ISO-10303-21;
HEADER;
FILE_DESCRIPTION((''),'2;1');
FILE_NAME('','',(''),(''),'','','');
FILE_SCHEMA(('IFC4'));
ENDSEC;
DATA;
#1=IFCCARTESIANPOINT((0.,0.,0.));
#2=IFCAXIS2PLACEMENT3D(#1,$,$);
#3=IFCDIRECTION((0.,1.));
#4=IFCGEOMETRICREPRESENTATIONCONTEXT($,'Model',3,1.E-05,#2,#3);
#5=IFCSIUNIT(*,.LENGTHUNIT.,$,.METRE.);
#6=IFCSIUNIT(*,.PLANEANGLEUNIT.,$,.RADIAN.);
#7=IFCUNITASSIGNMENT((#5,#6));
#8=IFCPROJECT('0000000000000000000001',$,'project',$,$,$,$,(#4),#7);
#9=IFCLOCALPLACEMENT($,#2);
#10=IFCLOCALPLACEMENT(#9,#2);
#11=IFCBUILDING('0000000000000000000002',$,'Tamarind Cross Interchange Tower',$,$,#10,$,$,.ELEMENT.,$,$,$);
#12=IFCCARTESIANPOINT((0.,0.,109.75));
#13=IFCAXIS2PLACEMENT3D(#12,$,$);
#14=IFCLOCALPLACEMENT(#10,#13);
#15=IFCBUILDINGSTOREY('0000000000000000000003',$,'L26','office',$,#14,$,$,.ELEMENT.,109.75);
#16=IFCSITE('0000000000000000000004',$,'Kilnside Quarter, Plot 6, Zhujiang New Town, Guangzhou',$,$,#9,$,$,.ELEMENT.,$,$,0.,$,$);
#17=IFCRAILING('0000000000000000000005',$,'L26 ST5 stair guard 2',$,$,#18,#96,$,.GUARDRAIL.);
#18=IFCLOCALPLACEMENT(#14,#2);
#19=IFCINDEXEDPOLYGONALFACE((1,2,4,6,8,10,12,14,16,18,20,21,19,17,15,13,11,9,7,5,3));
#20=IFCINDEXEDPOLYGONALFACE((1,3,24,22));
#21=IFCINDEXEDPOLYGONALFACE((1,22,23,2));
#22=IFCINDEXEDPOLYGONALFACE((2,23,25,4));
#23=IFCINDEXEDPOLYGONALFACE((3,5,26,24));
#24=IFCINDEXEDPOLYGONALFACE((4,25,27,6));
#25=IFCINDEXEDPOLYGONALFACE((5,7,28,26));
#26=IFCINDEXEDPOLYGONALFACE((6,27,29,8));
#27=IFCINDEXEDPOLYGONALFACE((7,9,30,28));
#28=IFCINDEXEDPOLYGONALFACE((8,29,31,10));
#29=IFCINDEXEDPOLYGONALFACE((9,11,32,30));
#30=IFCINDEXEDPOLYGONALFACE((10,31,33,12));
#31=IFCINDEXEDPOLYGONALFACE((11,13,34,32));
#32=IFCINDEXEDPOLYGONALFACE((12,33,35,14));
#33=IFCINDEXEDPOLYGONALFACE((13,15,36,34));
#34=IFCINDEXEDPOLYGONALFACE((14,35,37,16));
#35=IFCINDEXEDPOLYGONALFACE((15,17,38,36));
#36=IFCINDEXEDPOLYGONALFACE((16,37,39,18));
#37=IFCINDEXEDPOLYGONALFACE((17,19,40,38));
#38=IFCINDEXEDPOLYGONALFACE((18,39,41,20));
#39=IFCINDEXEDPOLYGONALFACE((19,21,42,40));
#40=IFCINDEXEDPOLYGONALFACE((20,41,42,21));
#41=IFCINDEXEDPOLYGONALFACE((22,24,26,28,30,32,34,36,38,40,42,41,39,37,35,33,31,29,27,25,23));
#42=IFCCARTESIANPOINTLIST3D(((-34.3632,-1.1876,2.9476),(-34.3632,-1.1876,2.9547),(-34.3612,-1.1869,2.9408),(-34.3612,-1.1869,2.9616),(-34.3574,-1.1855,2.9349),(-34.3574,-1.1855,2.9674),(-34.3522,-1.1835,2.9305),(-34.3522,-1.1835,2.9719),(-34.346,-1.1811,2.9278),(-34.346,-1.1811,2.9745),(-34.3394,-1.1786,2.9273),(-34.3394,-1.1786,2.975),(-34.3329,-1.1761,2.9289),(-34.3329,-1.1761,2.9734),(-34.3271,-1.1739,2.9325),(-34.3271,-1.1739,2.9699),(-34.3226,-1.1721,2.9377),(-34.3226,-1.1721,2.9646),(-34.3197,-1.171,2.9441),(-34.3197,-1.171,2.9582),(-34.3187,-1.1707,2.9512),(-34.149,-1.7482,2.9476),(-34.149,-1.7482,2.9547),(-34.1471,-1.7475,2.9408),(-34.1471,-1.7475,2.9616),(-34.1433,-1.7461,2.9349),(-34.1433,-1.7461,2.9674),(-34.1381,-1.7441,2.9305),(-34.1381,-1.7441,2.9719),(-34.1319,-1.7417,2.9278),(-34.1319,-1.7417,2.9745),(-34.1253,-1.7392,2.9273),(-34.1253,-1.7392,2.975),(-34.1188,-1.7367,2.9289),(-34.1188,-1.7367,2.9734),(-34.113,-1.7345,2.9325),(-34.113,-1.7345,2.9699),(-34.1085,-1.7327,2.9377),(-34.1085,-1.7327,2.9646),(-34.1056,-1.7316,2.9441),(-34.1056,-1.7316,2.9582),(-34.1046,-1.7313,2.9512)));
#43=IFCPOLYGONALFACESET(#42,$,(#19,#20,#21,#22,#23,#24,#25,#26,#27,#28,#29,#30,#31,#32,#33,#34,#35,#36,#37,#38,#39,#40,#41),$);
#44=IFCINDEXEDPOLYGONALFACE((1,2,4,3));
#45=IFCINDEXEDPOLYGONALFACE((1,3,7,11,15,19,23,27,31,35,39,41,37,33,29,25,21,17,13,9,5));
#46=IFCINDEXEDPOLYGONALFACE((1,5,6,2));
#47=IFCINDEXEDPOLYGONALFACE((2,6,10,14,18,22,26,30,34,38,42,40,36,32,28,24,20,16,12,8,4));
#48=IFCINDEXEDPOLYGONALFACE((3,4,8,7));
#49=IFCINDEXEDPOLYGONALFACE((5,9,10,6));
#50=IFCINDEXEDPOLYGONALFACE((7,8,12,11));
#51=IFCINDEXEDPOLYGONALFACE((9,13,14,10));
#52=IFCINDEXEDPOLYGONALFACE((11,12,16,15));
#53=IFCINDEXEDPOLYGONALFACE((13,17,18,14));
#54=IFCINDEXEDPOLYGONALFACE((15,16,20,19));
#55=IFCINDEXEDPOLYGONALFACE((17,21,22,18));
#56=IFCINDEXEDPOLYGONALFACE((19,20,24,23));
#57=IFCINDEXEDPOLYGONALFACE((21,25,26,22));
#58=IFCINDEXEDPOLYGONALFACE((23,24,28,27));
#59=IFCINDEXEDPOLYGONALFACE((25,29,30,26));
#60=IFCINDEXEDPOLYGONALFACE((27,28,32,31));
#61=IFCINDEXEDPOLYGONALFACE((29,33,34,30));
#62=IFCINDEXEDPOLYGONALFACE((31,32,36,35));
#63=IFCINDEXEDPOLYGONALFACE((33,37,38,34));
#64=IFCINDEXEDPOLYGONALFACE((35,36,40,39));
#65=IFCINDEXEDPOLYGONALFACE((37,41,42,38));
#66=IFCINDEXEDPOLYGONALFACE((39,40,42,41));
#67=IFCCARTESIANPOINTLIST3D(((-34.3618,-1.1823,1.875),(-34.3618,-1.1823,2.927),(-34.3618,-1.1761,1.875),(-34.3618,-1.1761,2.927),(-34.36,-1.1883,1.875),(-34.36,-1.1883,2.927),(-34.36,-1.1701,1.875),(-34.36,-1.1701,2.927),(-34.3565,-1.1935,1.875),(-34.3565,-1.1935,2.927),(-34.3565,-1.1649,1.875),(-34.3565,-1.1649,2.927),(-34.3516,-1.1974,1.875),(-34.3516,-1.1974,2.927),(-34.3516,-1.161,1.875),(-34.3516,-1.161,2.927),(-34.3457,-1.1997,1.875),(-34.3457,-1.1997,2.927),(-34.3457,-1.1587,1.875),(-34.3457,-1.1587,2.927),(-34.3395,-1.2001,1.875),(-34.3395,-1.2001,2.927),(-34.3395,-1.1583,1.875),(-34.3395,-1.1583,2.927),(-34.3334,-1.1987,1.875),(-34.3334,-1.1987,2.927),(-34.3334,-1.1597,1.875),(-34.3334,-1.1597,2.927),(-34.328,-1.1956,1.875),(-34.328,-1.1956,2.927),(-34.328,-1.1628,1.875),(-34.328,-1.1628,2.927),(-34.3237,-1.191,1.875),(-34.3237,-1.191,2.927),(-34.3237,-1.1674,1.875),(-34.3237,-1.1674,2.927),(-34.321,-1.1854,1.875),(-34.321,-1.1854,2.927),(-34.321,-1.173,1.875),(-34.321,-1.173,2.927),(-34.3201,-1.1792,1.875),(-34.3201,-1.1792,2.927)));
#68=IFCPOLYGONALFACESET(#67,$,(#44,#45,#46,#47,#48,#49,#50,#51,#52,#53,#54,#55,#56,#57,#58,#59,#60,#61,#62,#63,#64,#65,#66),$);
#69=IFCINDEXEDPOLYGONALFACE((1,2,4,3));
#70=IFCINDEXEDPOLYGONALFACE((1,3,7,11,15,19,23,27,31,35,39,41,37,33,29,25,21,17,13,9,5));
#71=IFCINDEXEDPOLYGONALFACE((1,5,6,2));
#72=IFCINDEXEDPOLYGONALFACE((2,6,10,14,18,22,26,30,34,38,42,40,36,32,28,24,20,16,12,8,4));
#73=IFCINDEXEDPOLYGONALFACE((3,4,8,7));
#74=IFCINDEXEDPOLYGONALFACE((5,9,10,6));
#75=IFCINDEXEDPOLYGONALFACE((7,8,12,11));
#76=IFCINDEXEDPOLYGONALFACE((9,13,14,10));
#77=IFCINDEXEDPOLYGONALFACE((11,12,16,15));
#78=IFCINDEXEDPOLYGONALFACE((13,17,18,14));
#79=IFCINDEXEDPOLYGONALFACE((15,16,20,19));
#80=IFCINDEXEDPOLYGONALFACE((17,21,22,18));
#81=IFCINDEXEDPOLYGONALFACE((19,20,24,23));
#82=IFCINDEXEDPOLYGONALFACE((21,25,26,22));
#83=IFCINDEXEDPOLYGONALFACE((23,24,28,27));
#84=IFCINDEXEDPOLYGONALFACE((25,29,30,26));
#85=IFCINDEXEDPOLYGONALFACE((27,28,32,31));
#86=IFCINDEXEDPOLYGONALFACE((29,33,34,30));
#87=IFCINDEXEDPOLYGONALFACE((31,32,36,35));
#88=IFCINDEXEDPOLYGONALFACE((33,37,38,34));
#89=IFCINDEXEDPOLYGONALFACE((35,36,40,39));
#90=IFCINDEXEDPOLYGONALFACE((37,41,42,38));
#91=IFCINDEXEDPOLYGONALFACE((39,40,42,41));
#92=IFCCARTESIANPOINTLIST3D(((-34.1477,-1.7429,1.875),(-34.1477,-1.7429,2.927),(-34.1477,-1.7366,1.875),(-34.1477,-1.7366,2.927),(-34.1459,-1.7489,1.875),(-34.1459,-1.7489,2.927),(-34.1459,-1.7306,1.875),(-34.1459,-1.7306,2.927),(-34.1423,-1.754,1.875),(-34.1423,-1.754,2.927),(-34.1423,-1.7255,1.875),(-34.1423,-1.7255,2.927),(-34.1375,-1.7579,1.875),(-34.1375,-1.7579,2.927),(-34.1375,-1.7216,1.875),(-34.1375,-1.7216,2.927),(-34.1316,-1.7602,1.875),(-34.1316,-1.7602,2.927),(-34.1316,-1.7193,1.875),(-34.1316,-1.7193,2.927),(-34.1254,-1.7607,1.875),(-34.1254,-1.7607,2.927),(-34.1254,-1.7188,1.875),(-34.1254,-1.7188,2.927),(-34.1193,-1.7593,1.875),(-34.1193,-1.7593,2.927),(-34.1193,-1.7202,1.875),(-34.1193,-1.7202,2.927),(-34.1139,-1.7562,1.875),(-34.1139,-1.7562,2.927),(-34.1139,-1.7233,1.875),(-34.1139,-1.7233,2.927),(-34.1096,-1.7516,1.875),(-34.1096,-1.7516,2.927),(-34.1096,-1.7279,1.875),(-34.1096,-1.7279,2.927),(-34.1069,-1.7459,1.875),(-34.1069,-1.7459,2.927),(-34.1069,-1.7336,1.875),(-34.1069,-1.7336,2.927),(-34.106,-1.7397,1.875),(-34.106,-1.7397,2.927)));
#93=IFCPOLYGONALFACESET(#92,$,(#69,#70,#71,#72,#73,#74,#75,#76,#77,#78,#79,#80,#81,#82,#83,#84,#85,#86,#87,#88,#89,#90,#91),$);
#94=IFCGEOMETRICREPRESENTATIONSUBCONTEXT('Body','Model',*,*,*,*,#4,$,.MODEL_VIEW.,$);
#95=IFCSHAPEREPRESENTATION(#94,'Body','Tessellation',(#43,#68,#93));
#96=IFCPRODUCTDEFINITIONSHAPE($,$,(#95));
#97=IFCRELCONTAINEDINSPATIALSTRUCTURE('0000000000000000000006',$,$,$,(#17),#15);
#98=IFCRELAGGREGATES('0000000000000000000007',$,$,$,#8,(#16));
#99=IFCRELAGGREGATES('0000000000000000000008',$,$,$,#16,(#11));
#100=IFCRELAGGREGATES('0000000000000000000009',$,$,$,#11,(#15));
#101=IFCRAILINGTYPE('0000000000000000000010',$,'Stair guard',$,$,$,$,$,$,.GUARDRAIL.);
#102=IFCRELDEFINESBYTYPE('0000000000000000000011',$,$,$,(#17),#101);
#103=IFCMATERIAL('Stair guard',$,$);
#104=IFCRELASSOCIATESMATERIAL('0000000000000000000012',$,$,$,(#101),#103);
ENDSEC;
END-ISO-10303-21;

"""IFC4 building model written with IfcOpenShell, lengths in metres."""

from ifc_helpers import new_model, si_unit, direction, frame, origin, origin_2d, place, context, subcontext, project, spatial, circle, extrude, material, type_object, element, save


model = new_model("IFC4")

# Units and contexts
model_context = context("Model", 3, precision=1e-05, world=origin(), true_north=direction((0.0, 1.0)))
body_context = subcontext(model_context, "Body", "Model", "MODEL_VIEW")
ifc_project = project(units=[si_unit("LENGTHUNIT", "METRE"), si_unit("PLANEANGLEUNIT", "RADIAN")], contexts=[model_context])

# Site, building, storey
site_placement = place(None, origin())
site = spatial("IfcSite", under=ifc_project, at=site_placement, Name="Kilnside Quarter, Plot 6, Zhujiang New Town, Guangzhou", CompositionType="ELEMENT", RefElevation=0.0)
building_placement = place(site_placement, origin())
building = spatial("IfcBuilding", under=site, at=building_placement, Name="Tamarind Cross Interchange Tower", CompositionType="ELEMENT")
storey_placement = place(building_placement, frame((0.0, 0.0, 109.75)))
storey = spatial("IfcBuildingStorey", under=building, at=storey_placement, Name="L26", Description="office", CompositionType="ELEMENT", Elevation=109.75)

# Railing
ifc_material_1 = material(Name="Stair guard")
railing_type_1 = type_object("IfcRailingType", Name="Stair guard", PredefinedType="GUARDRAIL", material=ifc_material_1)
railing_1_placement = place(storey_placement, frame((-34.3411, -1.1792, 1.875)))
element("IfcRailing", 1, at=railing_1_placement, inside=storey, type_object=railing_type_1, Name="L26 ST5 stair guard 2", PredefinedType="GUARDRAIL", context=body_context, shape_type="SweptSolid", body=[
    extrude(circle(Radius=0.0239, at=origin_2d()), frame((0.0, 0.0, 1.0762), z_axis=(0.356824, -0.934172, 0.0), x_axis=(0.934172, 0.356824, 0.0)), (0.0, 0.0, 1.0), 0.6001),
    extrude(circle(Radius=0.021, at=origin_2d()), origin(), (0.0, 0.0, 1.0), 1.052),
    extrude(circle(Radius=0.021, at=origin_2d()), frame((0.2141, -0.5605, 0.0)), (0.0, 0.0, 1.0), 1.052),
])

save(model, "model.ifc")
